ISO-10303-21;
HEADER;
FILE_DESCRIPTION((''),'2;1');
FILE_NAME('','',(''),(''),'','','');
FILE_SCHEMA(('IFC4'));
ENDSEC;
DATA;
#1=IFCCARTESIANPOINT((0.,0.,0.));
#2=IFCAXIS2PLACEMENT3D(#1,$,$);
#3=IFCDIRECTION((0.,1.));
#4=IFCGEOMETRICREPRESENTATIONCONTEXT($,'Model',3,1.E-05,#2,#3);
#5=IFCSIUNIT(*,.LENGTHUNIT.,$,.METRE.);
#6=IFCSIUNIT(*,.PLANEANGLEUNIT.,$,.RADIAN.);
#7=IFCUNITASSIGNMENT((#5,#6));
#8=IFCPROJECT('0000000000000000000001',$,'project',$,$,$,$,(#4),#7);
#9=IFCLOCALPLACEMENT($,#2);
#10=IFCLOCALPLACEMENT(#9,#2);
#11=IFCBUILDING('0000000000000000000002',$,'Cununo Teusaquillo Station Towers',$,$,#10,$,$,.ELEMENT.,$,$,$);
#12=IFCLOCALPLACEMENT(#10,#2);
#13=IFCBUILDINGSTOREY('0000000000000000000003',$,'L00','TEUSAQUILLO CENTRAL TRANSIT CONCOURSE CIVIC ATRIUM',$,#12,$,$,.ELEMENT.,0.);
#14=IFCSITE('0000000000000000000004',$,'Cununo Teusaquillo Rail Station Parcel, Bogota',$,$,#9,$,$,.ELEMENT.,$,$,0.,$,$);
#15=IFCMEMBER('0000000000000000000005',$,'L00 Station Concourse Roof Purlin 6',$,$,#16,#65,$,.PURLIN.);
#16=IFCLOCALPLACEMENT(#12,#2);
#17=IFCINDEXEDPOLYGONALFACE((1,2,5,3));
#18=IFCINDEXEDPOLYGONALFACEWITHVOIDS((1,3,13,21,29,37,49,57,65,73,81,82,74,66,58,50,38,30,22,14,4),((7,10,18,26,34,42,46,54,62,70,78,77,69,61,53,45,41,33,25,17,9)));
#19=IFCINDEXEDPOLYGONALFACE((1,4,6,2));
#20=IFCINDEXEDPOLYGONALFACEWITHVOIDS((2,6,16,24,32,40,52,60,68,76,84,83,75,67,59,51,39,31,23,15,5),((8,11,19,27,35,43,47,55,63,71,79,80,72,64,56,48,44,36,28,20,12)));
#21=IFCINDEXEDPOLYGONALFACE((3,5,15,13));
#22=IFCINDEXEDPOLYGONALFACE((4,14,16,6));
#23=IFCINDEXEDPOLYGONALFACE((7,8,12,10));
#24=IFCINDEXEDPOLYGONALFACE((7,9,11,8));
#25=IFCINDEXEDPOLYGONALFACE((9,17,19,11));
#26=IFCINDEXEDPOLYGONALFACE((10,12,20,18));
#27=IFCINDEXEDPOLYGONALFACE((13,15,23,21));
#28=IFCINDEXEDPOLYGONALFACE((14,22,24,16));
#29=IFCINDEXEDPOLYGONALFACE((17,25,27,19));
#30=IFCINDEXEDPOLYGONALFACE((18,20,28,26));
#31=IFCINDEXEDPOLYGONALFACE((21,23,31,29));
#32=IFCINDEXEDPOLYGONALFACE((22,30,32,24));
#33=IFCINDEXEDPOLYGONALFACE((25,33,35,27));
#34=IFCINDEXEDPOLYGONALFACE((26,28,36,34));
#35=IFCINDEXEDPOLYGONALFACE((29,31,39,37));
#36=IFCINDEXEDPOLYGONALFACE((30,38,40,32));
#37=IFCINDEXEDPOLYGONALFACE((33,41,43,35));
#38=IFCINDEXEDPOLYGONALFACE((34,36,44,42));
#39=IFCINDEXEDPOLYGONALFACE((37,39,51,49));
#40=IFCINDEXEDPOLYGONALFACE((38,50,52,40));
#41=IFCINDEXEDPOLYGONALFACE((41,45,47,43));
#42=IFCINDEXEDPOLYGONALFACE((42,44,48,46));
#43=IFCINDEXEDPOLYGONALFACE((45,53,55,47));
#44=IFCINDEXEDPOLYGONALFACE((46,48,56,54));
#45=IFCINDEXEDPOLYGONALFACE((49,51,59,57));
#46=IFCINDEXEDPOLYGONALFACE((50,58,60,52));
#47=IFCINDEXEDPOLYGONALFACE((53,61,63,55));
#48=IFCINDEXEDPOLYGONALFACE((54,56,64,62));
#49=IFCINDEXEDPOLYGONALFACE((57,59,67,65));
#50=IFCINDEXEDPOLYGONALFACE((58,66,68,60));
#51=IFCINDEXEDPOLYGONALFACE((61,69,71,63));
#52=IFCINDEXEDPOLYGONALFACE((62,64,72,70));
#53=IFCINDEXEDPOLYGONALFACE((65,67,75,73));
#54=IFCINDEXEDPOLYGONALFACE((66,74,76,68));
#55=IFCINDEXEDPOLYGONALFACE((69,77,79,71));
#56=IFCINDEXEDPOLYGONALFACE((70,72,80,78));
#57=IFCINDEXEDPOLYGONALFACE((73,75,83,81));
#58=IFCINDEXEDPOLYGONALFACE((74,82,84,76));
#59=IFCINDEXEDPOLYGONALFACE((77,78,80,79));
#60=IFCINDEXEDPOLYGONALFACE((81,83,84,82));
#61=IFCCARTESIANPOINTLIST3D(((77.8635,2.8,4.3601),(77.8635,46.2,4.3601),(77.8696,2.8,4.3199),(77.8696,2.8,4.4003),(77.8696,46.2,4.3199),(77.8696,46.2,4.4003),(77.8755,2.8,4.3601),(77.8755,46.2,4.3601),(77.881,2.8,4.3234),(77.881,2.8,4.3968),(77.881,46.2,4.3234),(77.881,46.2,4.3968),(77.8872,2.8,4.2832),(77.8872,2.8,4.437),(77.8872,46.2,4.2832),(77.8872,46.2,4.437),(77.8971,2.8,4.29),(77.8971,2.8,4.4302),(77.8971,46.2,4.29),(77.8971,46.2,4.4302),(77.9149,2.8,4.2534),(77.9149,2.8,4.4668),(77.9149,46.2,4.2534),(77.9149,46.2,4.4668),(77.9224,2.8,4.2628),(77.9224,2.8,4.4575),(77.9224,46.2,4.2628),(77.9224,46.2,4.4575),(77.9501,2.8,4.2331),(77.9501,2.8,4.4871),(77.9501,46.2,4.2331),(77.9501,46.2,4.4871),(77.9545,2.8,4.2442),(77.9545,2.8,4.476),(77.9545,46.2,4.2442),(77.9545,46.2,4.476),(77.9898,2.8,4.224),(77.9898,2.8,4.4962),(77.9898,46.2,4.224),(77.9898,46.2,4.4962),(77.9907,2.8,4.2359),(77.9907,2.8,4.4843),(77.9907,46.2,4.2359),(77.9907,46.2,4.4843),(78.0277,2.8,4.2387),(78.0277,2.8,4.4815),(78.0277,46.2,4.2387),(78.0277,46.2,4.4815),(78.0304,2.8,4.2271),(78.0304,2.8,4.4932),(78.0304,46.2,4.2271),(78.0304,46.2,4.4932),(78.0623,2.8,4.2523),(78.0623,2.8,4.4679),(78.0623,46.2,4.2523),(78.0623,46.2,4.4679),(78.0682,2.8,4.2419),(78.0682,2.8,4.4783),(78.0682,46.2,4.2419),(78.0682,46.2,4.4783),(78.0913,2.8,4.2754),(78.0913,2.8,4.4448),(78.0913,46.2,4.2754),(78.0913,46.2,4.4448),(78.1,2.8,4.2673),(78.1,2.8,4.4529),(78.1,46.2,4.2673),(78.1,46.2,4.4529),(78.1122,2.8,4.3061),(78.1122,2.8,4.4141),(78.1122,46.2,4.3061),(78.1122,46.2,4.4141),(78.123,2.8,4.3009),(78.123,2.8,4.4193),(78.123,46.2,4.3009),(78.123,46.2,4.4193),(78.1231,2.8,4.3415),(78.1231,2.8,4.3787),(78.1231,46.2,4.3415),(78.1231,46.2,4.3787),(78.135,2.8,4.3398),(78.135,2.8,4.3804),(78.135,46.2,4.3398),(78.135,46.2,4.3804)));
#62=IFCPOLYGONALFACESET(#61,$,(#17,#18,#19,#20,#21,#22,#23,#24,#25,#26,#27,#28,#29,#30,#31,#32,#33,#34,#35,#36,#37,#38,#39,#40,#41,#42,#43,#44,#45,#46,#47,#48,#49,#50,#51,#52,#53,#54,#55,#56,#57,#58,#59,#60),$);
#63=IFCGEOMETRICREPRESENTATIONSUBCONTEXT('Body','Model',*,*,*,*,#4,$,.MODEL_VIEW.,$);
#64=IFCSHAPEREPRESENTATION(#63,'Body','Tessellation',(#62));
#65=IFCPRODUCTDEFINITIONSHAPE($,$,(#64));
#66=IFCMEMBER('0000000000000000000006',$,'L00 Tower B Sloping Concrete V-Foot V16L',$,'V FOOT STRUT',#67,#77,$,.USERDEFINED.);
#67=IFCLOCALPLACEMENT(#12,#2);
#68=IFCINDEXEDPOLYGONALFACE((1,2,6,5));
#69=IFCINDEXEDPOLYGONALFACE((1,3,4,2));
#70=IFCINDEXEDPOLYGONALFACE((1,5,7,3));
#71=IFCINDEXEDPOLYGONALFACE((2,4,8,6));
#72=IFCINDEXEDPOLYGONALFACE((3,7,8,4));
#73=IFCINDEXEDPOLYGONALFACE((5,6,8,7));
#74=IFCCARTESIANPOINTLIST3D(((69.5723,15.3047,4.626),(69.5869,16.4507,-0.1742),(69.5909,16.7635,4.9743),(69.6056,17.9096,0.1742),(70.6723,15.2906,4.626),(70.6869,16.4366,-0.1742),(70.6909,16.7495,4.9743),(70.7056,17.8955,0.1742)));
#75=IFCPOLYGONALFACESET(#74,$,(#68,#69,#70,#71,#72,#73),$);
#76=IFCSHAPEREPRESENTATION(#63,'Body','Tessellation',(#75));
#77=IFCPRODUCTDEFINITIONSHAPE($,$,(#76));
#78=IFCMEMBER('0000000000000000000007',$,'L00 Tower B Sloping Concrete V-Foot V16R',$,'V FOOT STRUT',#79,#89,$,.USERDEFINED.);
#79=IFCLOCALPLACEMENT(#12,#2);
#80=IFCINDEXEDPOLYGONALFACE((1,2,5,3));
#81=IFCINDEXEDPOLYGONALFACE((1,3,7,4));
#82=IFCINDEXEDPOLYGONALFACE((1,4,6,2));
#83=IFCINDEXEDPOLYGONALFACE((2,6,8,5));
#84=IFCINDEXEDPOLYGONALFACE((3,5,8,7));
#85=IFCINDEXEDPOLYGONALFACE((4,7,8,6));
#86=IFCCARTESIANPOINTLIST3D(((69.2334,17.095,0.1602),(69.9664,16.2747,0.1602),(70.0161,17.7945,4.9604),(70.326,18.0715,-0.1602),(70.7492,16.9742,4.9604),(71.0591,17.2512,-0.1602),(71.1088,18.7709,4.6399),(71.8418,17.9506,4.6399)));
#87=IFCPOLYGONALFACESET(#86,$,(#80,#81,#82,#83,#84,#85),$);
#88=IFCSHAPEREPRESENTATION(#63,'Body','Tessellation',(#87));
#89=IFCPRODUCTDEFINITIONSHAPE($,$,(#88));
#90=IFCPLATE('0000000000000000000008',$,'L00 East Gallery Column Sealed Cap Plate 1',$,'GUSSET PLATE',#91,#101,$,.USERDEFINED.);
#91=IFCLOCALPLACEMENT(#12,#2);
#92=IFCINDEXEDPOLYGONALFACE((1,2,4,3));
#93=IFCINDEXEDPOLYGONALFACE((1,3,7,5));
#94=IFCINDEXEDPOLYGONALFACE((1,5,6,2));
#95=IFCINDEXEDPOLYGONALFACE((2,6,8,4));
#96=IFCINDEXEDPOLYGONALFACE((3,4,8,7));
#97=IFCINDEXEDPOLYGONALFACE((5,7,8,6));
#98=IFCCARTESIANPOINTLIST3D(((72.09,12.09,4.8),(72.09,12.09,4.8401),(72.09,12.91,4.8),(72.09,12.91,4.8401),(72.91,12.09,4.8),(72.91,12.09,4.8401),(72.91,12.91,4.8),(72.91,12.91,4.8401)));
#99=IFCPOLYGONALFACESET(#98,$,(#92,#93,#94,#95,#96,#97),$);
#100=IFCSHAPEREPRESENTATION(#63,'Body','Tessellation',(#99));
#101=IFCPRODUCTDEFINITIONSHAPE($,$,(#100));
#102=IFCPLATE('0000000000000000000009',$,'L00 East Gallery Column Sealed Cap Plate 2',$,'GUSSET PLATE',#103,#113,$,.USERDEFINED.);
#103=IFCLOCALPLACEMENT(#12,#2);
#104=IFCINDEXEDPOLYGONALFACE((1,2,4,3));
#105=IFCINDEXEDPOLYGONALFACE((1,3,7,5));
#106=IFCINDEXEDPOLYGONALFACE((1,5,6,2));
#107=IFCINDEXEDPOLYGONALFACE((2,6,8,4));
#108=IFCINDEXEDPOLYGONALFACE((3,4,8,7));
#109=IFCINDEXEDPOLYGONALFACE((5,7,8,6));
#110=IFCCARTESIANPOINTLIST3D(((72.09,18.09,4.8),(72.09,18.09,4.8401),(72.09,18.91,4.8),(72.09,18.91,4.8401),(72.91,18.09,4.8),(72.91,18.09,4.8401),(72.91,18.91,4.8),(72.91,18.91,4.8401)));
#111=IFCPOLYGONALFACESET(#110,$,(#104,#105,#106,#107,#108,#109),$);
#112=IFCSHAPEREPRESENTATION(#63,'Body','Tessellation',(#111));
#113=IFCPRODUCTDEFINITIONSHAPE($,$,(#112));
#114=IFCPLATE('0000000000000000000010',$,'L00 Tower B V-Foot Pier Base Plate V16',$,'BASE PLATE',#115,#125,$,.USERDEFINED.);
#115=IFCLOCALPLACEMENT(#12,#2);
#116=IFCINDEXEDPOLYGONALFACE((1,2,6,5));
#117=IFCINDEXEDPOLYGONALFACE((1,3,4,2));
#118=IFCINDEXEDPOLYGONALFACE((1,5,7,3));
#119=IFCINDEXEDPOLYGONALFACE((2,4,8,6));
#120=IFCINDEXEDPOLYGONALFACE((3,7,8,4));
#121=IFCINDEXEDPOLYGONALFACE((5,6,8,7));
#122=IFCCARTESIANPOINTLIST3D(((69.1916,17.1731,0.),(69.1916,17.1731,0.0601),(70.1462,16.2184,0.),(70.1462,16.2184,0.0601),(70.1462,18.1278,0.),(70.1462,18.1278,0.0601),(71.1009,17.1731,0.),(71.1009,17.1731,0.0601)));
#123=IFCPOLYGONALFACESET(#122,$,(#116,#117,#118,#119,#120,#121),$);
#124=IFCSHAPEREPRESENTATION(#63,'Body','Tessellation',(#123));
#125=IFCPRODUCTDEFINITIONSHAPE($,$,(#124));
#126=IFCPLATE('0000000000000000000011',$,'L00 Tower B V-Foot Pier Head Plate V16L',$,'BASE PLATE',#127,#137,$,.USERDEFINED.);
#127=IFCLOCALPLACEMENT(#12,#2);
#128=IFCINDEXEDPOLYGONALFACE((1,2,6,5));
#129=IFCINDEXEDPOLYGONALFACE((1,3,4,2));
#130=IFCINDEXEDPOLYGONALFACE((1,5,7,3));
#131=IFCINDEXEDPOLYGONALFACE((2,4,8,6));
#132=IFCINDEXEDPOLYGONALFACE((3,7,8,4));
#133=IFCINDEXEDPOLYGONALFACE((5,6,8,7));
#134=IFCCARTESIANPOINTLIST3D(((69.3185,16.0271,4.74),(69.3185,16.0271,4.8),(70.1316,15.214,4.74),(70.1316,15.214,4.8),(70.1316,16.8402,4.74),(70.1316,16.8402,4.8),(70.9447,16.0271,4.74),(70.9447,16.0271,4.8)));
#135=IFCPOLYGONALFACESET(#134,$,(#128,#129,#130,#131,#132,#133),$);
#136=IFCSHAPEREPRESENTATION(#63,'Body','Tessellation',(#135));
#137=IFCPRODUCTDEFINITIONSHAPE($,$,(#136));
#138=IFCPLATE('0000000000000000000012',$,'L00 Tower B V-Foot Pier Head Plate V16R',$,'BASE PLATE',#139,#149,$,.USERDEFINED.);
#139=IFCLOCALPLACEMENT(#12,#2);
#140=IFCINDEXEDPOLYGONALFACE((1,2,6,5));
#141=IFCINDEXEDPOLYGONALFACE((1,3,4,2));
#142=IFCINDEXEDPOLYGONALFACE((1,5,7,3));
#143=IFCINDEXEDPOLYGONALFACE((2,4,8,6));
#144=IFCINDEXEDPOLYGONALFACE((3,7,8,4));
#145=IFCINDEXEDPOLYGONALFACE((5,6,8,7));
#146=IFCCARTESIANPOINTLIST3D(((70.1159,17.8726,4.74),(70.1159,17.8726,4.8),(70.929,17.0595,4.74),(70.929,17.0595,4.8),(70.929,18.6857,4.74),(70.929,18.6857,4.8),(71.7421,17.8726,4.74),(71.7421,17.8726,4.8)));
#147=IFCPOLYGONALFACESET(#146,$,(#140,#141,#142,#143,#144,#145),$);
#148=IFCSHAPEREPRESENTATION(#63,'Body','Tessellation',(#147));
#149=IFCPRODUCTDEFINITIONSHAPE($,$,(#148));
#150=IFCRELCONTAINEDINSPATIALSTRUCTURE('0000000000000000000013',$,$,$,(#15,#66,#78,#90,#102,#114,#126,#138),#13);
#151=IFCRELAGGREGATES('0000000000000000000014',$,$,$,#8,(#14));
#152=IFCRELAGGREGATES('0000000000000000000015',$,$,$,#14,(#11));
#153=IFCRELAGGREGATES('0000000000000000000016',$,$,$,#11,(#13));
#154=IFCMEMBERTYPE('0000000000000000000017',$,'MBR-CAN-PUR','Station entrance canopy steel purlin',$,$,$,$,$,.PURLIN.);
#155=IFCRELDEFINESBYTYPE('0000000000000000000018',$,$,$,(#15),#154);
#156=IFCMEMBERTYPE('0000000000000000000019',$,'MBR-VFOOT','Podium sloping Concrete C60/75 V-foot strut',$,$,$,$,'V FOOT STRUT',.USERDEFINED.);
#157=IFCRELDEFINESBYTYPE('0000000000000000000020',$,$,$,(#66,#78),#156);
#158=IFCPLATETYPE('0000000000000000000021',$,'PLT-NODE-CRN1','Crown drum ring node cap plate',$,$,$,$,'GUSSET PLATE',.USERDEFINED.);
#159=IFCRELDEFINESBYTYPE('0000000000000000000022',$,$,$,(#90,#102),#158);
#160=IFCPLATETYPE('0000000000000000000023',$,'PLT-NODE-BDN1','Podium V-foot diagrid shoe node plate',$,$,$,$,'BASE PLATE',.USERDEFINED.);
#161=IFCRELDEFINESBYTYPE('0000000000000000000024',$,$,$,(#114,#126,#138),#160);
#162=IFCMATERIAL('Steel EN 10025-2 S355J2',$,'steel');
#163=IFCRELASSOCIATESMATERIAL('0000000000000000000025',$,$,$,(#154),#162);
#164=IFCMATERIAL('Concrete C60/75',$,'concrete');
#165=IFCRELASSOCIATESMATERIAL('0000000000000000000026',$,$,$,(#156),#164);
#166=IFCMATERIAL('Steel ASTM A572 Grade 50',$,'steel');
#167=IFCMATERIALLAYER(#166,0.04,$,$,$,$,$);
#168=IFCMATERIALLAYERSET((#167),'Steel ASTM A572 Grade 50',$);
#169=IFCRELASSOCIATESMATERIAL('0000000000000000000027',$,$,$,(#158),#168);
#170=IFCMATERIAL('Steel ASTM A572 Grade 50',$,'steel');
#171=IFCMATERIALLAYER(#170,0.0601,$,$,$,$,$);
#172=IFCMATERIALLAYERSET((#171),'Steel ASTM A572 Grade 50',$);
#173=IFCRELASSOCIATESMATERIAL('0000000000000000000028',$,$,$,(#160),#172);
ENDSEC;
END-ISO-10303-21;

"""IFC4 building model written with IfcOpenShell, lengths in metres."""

from ifc_helpers import new_model, si_unit, direction, frame, origin, origin_2d, place, context, subcontext, project, spatial, rectangle, hollow_circle, extrude, source, transform, mapped, material, layer, layer_set, material_profile, profile_set, type_object, element, save


model = new_model("IFC4")

# Units and contexts
model_context = context("Model", 3, precision=1e-05, world=origin(), true_north=direction((0.0, 1.0)))
body_context = subcontext(model_context, "Body", "Model", "MODEL_VIEW")
ifc_project = project(units=[si_unit("LENGTHUNIT", "METRE"), si_unit("PLANEANGLEUNIT", "RADIAN")], contexts=[model_context])

# Site, building, storey
site_placement = place(None, origin())
site = spatial("IfcSite", under=ifc_project, at=site_placement, Name="Cununo Teusaquillo Rail Station Parcel, Bogota", CompositionType="ELEMENT", RefElevation=0.0)
building_placement = place(site_placement, origin())
building = spatial("IfcBuilding", under=site, at=building_placement, Name="Cununo Teusaquillo Station Towers", CompositionType="ELEMENT")
storey_placement = place(building_placement, origin())
storey = spatial("IfcBuildingStorey", under=building, at=storey_placement, Name="L00", Description="TEUSAQUILLO CENTRAL TRANSIT CONCOURSE CIVIC ATRIUM", CompositionType="ELEMENT", Elevation=0.0)

# Members
ifc_material_1 = material(Name="Steel EN 10025-2 S355J2", Category="steel")
ifc_material_profile_1 = material_profile(ifc_material_1, hollow_circle(Radius=0.1365, WallThickness=0.012, at=origin_2d()), Name="CHS 273x12")
ifc_profile_set_1 = profile_set([ifc_material_profile_1], Name="Steel EN 10025-2 S355J2")
member_type_1 = type_object("IfcMemberType", Name="MBR-CAN-PUR", Description="Station entrance canopy steel purlin", PredefinedType="PURLIN", material=ifc_profile_set_1)
for number, where, z_axis, x_axis, name in (
    (1, (78.0, 2.8, 4.3601), (0.0, 1.0, 0.0), (-1.0, 0.0, 0.0), "L00 Station Concourse Roof Purlin 6"),
):
    element("IfcMember", number, at=place(storey_placement, frame(where, z_axis=z_axis, x_axis=x_axis)), inside=storey, type_object=member_type_1, Name=name, PredefinedType="PURLIN", context=body_context, shape_type="SweptSolid", body=[
        extrude(hollow_circle(Radius=0.1365, WallThickness=0.012, at=origin_2d()), origin(), (0.0, 0.0, 1.0), 43.3999),
    ])
ifc_material_2 = material(Name="Concrete C60/75", Category="concrete")
ifc_material_profile_2 = material_profile(ifc_material_2, rectangle(XDim=1.1001, YDim=1.5, at=origin_2d()), Name="RC-RECT-1500x1100")
ifc_profile_set_2 = profile_set([ifc_material_profile_2], Name="Concrete C60/75")
member_type_2 = type_object("IfcMemberType", Name="MBR-VFOOT", Description="Podium sloping Concrete C60/75 V-foot strut", ElementType="V FOOT STRUT", PredefinedType="USERDEFINED", material=ifc_profile_set_2)
member_1_placement = place(storey_placement, frame((70.1462, 17.1731, 0.0), z_axis=(-0.002968, -0.232219, 0.972659), x_axis=(0.999918, -0.012781, 0.0)))
element("IfcMember", 2, at=member_1_placement, inside=storey, type_object=member_type_2, Name="L00 Tower B Sloping Concrete V-Foot V16L", ObjectType="V FOOT STRUT", PredefinedType="USERDEFINED", context=body_context, shape_type="SweptSolid", body=[
    extrude(rectangle(XDim=1.1001, YDim=1.5, at=origin_2d()), origin(), (0.0, 0.0, 1.0), 4.9351),
])
member_2_placement = place(storey_placement, frame((70.1462, 17.1731, 0.0), z_axis=(0.159299, 0.142356, 0.976913), x_axis=(-0.666339, 0.745649, 0.0)))
element("IfcMember", 3, at=member_2_placement, inside=storey, type_object=member_type_2, Name="L00 Tower B Sloping Concrete V-Foot V16R", ObjectType="V FOOT STRUT", PredefinedType="USERDEFINED", context=body_context, shape_type="SweptSolid", body=[
    extrude(rectangle(XDim=1.1001, YDim=1.5, at=origin_2d()), origin(), (0.0, 0.0, 1.0), 4.9136),
])

# Plates
ifc_material_3 = material(Name="Steel ASTM A572 Grade 50", Category="steel")
ifc_layer_1 = layer(ifc_material_3, 0.04)
ifc_layer_set_1 = layer_set([ifc_layer_1], Name="Steel ASTM A572 Grade 50")
plate_type_1 = type_object("IfcPlateType", Name="PLT-NODE-CRN1", Description="Crown drum ring node cap plate", ElementType="GUSSET PLATE", PredefinedType="USERDEFINED", material=ifc_layer_set_1)
shared_shape_1 = source(origin(), body_context, "Body", "SweptSolid", [
    extrude(rectangle(XDim=0.8201, YDim=0.8201, at=origin_2d()), origin(), (0.0, 0.0, 1.0), 0.04),
])
for number, where, z_axis, x_axis, name in (
    (4, (72.5, 12.5, 4.8), (0.0, 0.0, 1.0), (1.0, 0.0, 0.0), "L00 East Gallery Column Sealed Cap Plate 1"),
    (5, (72.5, 18.5, 4.8), (0.0, 0.0, 1.0), (1.0, 0.0, 0.0), "L00 East Gallery Column Sealed Cap Plate 2"),
):
    element("IfcPlate", number, at=place(storey_placement, frame(where, z_axis=z_axis, x_axis=x_axis)), inside=storey, type_object=plate_type_1, Name=name, ObjectType="GUSSET PLATE", PredefinedType="USERDEFINED", context=body_context, shape_type="MappedRepresentation", body=[
        mapped(shared_shape_1, transform((0.0, 0.0, 0.0), x_axis=(1.0, 0.0, 0.0), y_axis=(0.0, 1.0, 0.0), z_axis=(0.0, 0.0, 1.0), scale=1.0)),
    ])
ifc_material_4 = material(Name="Steel ASTM A572 Grade 50", Category="steel")
ifc_layer_2 = layer(ifc_material_4, 0.0601)
ifc_layer_set_2 = layer_set([ifc_layer_2], Name="Steel ASTM A572 Grade 50")
plate_type_2 = type_object("IfcPlateType", Name="PLT-NODE-BDN1", Description="Podium V-foot diagrid shoe node plate", ElementType="BASE PLATE", PredefinedType="USERDEFINED", material=ifc_layer_set_2)
shared_shape_2 = source(origin(), body_context, "Body", "SweptSolid", [
    extrude(rectangle(XDim=1.3501, YDim=1.3501, at=origin_2d()), origin(), (0.0, 0.0, 1.0), 0.0601),
])
plate_placement = place(storey_placement, frame((70.1462, 17.1731, 0.0), z_axis=(0.0, 0.0, 1.0), x_axis=(0.707107, 0.707107, 0.0)))
element("IfcPlate", 6, at=plate_placement, inside=storey, type_object=plate_type_2, Name="L00 Tower B V-Foot Pier Base Plate V16", ObjectType="BASE PLATE", PredefinedType="USERDEFINED", context=body_context, shape_type="MappedRepresentation", body=[
    mapped(shared_shape_2, transform((0.0, 0.0, 0.0), x_axis=(1.0, 0.0, 0.0), y_axis=(0.0, 1.0, 0.0), z_axis=(0.0, 0.0, 1.0), scale=1.0)),
])
shared_shape_3 = source(origin(), body_context, "Body", "SweptSolid", [
    extrude(rectangle(XDim=1.1499, YDim=1.1499, at=origin_2d()), origin(), (0.0, 0.0, 1.0), 0.0601),
])
for number, where, z_axis, x_axis, name in (
    (7, (70.1316, 16.0271, 4.74), (0.0, 0.0, 1.0), (0.707107, 0.707107, 0.0), "L00 Tower B V-Foot Pier Head Plate V16L"),
    (8, (70.929, 17.8726, 4.74), (0.0, 0.0, 1.0), (0.707107, 0.707107, 0.0), "L00 Tower B V-Foot Pier Head Plate V16R"),
):
    element("IfcPlate", number, at=place(storey_placement, frame(where, z_axis=z_axis, x_axis=x_axis)), inside=storey, type_object=plate_type_2, Name=name, ObjectType="BASE PLATE", PredefinedType="USERDEFINED", context=body_context, shape_type="MappedRepresentation", body=[
        mapped(shared_shape_3, transform((0.0, 0.0, 0.0), x_axis=(1.0, 0.0, 0.0), y_axis=(0.0, 1.0, 0.0), z_axis=(0.0, 0.0, 1.0), scale=1.0)),
    ])

save(model, "model.ifc")
